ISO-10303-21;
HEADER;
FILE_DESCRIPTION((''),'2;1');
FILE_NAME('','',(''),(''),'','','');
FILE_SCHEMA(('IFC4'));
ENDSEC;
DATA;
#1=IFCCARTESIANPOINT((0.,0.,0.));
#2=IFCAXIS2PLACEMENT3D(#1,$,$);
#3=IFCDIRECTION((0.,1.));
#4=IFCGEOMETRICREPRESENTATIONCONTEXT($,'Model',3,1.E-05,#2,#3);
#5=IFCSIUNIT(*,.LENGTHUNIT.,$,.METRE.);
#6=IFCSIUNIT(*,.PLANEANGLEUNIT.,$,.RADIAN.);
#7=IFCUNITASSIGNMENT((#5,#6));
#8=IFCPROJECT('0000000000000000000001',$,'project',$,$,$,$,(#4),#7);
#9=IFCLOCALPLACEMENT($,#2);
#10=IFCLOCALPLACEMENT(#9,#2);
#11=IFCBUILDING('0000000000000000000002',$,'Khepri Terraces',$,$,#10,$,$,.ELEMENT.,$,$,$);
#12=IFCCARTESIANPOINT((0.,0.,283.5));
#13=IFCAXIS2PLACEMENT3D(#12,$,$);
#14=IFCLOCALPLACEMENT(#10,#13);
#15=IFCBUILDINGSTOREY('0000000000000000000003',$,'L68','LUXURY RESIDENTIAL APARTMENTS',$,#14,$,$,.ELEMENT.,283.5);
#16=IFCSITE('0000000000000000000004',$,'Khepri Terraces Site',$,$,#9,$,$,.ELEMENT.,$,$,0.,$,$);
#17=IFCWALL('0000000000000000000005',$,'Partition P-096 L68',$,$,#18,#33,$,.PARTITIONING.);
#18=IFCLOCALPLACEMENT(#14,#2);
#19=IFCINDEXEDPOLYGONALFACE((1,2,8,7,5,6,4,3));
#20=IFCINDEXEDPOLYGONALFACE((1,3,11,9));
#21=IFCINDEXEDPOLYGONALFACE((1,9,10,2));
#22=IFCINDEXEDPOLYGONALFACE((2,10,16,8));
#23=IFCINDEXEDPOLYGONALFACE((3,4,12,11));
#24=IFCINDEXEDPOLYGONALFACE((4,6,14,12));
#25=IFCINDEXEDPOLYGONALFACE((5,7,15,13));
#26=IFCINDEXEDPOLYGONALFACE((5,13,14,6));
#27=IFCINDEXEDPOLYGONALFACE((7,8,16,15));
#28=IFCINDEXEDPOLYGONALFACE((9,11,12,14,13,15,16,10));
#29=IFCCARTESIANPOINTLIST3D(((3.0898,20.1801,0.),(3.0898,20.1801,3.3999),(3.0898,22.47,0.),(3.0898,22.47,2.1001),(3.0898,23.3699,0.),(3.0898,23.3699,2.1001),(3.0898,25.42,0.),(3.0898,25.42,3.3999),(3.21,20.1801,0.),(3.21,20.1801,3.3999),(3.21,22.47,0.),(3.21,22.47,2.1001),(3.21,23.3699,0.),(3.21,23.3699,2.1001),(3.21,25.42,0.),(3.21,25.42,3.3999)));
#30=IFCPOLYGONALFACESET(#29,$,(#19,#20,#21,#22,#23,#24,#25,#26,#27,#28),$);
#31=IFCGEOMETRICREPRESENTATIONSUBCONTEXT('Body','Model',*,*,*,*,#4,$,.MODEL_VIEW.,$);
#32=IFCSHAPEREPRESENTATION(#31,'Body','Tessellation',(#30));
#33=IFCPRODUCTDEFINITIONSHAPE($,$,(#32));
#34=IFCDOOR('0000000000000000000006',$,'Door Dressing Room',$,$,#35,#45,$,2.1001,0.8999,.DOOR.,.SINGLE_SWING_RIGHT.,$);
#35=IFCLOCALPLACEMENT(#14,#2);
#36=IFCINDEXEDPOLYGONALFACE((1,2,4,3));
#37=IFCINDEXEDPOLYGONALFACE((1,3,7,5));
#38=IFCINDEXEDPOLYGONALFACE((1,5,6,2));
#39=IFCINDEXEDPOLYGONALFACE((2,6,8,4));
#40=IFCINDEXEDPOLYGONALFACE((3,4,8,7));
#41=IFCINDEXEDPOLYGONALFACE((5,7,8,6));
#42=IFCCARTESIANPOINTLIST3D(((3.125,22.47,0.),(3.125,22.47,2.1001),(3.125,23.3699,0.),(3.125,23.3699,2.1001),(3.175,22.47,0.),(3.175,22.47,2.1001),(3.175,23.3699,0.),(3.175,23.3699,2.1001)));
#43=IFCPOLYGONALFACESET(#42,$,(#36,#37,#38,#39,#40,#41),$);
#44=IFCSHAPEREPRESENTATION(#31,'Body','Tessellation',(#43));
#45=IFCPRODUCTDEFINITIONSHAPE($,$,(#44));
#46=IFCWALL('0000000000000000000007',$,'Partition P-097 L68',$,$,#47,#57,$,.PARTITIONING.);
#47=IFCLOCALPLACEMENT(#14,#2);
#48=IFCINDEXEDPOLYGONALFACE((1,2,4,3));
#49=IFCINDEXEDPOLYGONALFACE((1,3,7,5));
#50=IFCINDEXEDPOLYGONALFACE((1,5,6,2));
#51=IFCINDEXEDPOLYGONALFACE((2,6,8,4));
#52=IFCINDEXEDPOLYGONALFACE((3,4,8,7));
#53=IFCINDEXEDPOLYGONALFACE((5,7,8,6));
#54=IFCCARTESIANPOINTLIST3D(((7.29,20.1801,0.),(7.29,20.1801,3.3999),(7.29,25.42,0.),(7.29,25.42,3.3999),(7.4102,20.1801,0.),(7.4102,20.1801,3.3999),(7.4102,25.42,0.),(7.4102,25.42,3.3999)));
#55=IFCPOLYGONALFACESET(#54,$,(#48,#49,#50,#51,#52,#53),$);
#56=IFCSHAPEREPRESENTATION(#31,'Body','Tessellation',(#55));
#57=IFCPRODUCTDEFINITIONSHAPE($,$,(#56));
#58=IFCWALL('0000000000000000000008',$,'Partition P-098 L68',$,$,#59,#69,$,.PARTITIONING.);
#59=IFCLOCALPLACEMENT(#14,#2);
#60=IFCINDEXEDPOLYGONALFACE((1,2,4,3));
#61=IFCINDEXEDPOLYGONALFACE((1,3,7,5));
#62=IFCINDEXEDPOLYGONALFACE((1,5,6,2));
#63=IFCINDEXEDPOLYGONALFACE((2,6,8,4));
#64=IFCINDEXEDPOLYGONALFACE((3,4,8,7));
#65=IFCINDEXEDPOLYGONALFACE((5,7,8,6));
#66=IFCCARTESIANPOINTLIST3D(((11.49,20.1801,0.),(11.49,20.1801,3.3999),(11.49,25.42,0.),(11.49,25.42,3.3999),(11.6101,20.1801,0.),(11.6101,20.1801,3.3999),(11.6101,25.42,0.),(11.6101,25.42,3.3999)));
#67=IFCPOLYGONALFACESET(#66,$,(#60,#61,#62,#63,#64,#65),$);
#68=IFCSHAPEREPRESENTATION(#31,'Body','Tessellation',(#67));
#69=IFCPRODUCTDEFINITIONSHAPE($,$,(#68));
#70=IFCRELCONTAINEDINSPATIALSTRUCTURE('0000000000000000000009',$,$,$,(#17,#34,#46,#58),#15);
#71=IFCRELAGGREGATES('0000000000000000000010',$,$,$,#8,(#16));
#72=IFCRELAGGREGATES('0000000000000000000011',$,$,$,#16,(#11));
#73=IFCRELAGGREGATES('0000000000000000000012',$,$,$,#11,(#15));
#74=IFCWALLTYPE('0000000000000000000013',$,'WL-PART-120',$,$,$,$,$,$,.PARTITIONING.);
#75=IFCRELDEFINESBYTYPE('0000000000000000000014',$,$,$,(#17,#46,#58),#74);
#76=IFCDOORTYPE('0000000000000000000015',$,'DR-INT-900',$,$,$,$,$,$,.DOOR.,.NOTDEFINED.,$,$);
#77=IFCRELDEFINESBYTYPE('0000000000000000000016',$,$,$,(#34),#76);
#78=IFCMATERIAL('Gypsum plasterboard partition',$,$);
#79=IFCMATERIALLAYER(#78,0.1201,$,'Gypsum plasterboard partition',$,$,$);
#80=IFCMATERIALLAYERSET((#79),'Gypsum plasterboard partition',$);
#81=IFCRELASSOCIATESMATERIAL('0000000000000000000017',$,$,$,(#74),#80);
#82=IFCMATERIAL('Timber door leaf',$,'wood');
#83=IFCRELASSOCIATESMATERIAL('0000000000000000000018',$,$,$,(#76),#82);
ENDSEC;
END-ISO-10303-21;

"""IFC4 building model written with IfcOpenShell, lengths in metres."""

from ifc_helpers import new_model, si_unit, direction, frame, frame_2d, origin, place, context, subcontext, project, spatial, rectangle, extrude, material, layer, layer_set, type_object, element, fill, save


model = new_model("IFC4")

# Units and contexts
model_context = context("Model", 3, precision=1e-05, world=origin(), true_north=direction((0.0, 1.0)))
body_context = subcontext(model_context, "Body", "Model", "MODEL_VIEW")
ifc_project = project(units=[si_unit("LENGTHUNIT", "METRE"), si_unit("PLANEANGLEUNIT", "RADIAN")], contexts=[model_context])

# Site, building, storey
site_placement = place(None, origin())
site = spatial("IfcSite", under=ifc_project, at=site_placement, Name="Khepri Terraces Site", CompositionType="ELEMENT", RefElevation=0.0)
building_placement = place(site_placement, origin())
building = spatial("IfcBuilding", under=site, at=building_placement, Name="Khepri Terraces", CompositionType="ELEMENT")
storey_placement = place(building_placement, frame((0.0, 0.0, 283.5)))
storey = spatial("IfcBuildingStorey", under=building, at=storey_placement, Name="L68", Description="LUXURY RESIDENTIAL APARTMENTS", CompositionType="ELEMENT", Elevation=283.5)

# Shared definitions
ifc_material_1 = material(Name="Gypsum plasterboard partition")
ifc_layer_1 = layer(ifc_material_1, 0.1201, Name="Gypsum plasterboard partition")
ifc_layer_set_1 = layer_set([ifc_layer_1], Name="Gypsum plasterboard partition")
wall_type_1 = type_object("IfcWallType", Name="WL-PART-120", PredefinedType="PARTITIONING", material=ifc_layer_set_1)

# Wall, opening, door
ifc_material_2 = material(Name="Timber door leaf", Category="wood")
door_type_1 = type_object("IfcDoorType", Name="DR-INT-900", OperationType="NOTDEFINED", PredefinedType="DOOR", material=ifc_material_2)
wall_1_placement = place(storey_placement, frame((3.1499, 20.1799, 0.0), z_axis=(0.0, 0.0, 1.0), x_axis=(0.0, 1.0, 0.0)))
wall_1 = element("IfcWall", 1, at=wall_1_placement, inside=storey, type_object=wall_type_1, Name="Partition P-096 L68", PredefinedType="PARTITIONING", context=body_context, shape_type="SweptSolid", body=[
    extrude(rectangle(XDim=5.24, YDim=0.1201, at=frame_2d((2.6201, 0.0))), origin(), (0.0, 0.0, 1.0), 3.3999),
])
opening_1_placement = place(wall_1_placement, frame((2.29, 0.0, 0.0)))
opening_1 = element("IfcOpeningElement", 2, at=opening_1_placement, cuts=wall_1, PredefinedType="OPENING", context=body_context, shape_type="SweptSolid", body=[
    extrude(rectangle(XDim=0.8999, YDim=2.1001, at=frame_2d((0.45, 1.05))), frame((0.0, 0.0701, 0.0), z_axis=(0.0, -1.0, 0.0), x_axis=(1.0, 0.0, 0.0)), (0.0, 0.0, 1.0), 0.1401),
])
door_1_placement = place(opening_1_placement, origin())
door_1 = element("IfcDoor", 3, at=door_1_placement, inside=storey, type_object=door_type_1, Name="Door Dressing Room", OperationType="SINGLE_SWING_RIGHT", OverallHeight=2.1001, OverallWidth=0.8999, PredefinedType="DOOR", context=body_context, shape_type="SweptSolid", body=[
    extrude(rectangle(XDim=0.8999, YDim=2.1001, at=frame_2d((0.45, 1.05))), frame((0.0, 0.0249, 0.0), z_axis=(0.0, -1.0, 0.0), x_axis=(1.0, 0.0, 0.0)), (0.0, 0.0, 1.0), 0.05),
])
fill(opening_1, door_1)

# Walls
for number, where, z_axis, x_axis, name in (
    (4, (7.3501, 20.1799, 0.0), (0.0, 0.0, 1.0), (0.0, 1.0, 0.0), "Partition P-097 L68"),
    (5, (11.55, 20.1799, 0.0), (0.0, 0.0, 1.0), (0.0, 1.0, 0.0), "Partition P-098 L68"),
):
    element("IfcWall", number, at=place(storey_placement, frame(where, z_axis=z_axis, x_axis=x_axis)), inside=storey, type_object=wall_type_1, Name=name, PredefinedType="PARTITIONING", context=body_context, shape_type="SweptSolid", body=[
        extrude(rectangle(XDim=5.24, YDim=0.1201, at=frame_2d((2.6201, 0.0))), origin(), (0.0, 0.0, 1.0), 3.3999),
    ])

save(model, "model.ifc")
